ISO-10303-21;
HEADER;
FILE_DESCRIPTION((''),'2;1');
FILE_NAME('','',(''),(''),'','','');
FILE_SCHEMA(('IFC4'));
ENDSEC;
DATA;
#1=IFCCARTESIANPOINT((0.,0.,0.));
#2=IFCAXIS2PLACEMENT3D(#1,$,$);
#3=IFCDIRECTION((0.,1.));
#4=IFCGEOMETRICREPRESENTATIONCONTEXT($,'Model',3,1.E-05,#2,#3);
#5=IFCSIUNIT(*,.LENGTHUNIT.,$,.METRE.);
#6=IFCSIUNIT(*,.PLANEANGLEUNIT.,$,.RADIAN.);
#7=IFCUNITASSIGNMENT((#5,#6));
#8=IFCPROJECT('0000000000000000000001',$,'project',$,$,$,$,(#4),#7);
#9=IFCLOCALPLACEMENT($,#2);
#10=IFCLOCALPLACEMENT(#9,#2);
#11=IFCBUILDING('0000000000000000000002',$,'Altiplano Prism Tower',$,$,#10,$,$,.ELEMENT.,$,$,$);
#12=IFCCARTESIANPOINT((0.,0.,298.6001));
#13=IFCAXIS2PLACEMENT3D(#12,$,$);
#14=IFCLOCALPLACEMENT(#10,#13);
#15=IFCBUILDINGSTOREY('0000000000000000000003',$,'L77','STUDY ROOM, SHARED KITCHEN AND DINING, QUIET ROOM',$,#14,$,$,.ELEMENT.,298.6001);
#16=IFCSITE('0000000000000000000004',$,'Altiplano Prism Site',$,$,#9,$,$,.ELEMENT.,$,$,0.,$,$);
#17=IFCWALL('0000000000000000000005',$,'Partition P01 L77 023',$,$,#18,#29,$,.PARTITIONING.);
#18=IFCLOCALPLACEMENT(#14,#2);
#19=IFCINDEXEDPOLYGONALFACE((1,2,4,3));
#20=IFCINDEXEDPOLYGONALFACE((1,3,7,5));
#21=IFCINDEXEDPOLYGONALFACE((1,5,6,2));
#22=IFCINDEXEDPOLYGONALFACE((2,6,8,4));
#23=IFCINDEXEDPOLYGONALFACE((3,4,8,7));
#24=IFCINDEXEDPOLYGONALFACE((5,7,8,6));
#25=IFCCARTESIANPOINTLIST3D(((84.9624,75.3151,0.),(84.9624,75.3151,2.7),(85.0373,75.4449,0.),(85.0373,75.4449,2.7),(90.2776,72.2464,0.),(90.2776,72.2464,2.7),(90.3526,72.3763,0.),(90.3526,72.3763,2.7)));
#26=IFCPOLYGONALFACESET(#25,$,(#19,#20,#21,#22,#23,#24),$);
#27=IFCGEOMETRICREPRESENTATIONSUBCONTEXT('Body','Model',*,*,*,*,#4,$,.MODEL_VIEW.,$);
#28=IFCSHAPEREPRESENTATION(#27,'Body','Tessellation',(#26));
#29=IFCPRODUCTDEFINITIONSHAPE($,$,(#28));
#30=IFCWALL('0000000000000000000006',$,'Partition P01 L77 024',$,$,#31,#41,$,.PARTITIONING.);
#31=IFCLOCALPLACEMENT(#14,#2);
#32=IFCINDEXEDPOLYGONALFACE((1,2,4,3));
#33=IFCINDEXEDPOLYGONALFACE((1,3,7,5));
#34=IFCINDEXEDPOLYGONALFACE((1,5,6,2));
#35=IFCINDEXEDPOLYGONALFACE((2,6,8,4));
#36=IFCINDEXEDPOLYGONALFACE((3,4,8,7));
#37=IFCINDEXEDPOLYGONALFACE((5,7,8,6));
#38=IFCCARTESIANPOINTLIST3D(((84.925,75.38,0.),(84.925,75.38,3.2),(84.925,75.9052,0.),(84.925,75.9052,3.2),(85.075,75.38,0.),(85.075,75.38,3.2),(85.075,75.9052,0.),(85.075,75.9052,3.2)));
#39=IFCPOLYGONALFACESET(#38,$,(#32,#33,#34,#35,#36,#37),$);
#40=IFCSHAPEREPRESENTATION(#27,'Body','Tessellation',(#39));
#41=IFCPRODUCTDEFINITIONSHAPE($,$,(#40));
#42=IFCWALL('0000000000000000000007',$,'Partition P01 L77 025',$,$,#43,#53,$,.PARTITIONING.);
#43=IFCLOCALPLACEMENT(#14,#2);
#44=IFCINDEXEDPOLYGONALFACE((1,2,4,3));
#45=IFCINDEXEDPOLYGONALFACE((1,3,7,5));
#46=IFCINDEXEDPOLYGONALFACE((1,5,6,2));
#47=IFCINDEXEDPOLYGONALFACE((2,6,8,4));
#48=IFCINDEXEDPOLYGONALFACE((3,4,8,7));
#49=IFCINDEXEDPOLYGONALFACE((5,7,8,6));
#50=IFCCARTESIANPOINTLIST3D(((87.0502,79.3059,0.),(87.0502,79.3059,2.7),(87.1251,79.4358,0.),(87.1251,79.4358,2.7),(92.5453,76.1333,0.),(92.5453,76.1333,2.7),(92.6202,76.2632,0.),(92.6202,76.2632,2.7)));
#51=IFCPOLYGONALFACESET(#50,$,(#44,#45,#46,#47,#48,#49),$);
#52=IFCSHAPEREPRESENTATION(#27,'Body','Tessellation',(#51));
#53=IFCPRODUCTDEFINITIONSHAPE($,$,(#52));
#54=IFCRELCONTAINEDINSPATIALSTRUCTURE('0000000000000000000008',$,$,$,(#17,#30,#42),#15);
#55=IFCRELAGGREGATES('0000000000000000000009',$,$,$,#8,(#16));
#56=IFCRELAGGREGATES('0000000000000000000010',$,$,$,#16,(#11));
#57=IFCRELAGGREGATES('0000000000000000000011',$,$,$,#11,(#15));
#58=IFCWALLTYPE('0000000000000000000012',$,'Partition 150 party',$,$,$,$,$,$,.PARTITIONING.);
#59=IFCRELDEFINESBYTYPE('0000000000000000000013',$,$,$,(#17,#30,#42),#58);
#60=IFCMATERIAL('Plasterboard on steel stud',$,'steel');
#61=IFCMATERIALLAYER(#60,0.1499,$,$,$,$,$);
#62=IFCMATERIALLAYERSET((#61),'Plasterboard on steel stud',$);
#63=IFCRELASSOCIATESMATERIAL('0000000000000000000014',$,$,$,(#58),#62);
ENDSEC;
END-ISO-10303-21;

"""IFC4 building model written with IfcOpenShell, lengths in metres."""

from ifc_helpers import new_model, si_unit, direction, frame, frame_2d, origin, place, context, subcontext, project, spatial, rectangle, extrude, material, layer, layer_set, type_object, element, save


model = new_model("IFC4")

# Units and contexts
model_context = context("Model", 3, precision=1e-05, world=origin(), true_north=direction((0.0, 1.0)))
body_context = subcontext(model_context, "Body", "Model", "MODEL_VIEW")
ifc_project = project(units=[si_unit("LENGTHUNIT", "METRE"), si_unit("PLANEANGLEUNIT", "RADIAN")], contexts=[model_context])

# Site, building, storey
site_placement = place(None, origin())
site = spatial("IfcSite", under=ifc_project, at=site_placement, Name="Altiplano Prism Site", CompositionType="ELEMENT", RefElevation=0.0)
building_placement = place(site_placement, origin())
building = spatial("IfcBuilding", under=site, at=building_placement, Name="Altiplano Prism Tower", CompositionType="ELEMENT")
storey_placement = place(building_placement, frame((0.0, 0.0, 298.6001)))
storey = spatial("IfcBuildingStorey", under=building, at=storey_placement, Name="L77", Description="STUDY ROOM, SHARED KITCHEN AND DINING, QUIET ROOM", CompositionType="ELEMENT", Elevation=298.6001)

# Shared definitions
ifc_material_1 = material(Name="Plasterboard on steel stud", Category="steel")

# Walls
ifc_layer_1 = layer(ifc_material_1, 0.1499)
ifc_layer_set_1 = layer_set([ifc_layer_1], Name="Plasterboard on steel stud")
wall_type_1 = type_object("IfcWallType", Name="Partition 150 party", PredefinedType="PARTITIONING", material=ifc_layer_set_1)
wall_1_placement = place(storey_placement, frame((90.3152, 72.3113, 0.0), z_axis=(0.0, 0.0, 1.0), x_axis=(-0.866034, 0.499985, 0.0)))
element("IfcWall", 1, at=wall_1_placement, inside=storey, type_object=wall_type_1, Name="Partition P01 L77 023", PredefinedType="PARTITIONING", context=body_context, shape_type="SweptSolid", body=[
    extrude(rectangle(XDim=6.1375, YDim=0.1499, at=frame_2d((3.0688, 0.0))), origin(), (0.0, 0.0, 1.0), 2.7),
])
wall_2_placement = place(storey_placement, frame((85.0, 75.3799, 0.0), z_axis=(0.0, 0.0, 1.0), x_axis=(0.0, 1.0, 0.0)))
element("IfcWall", 2, at=wall_2_placement, inside=storey, type_object=wall_type_1, Name="Partition P01 L77 024", PredefinedType="PARTITIONING", context=body_context, shape_type="SweptSolid", body=[
    extrude(rectangle(XDim=0.5251, YDim=0.1499, at=frame_2d((0.2627, 0.0))), origin(), (0.0, 0.0, 1.0), 3.2),
])
wall_3_placement = place(storey_placement, frame((92.5828, 76.1982, 0.0), z_axis=(0.0, 0.0, 1.0), x_axis=(-0.866025, 0.5, 0.0)))
element("IfcWall", 3, at=wall_3_placement, inside=storey, type_object=wall_type_1, Name="Partition P01 L77 025", PredefinedType="PARTITIONING", context=body_context, shape_type="SweptSolid", body=[
    extrude(rectangle(XDim=6.3452, YDim=0.1499, at=frame_2d((3.1726, 0.0))), origin(), (0.0, 0.0, 1.0), 2.7),
])

save(model, "model.ifc")
